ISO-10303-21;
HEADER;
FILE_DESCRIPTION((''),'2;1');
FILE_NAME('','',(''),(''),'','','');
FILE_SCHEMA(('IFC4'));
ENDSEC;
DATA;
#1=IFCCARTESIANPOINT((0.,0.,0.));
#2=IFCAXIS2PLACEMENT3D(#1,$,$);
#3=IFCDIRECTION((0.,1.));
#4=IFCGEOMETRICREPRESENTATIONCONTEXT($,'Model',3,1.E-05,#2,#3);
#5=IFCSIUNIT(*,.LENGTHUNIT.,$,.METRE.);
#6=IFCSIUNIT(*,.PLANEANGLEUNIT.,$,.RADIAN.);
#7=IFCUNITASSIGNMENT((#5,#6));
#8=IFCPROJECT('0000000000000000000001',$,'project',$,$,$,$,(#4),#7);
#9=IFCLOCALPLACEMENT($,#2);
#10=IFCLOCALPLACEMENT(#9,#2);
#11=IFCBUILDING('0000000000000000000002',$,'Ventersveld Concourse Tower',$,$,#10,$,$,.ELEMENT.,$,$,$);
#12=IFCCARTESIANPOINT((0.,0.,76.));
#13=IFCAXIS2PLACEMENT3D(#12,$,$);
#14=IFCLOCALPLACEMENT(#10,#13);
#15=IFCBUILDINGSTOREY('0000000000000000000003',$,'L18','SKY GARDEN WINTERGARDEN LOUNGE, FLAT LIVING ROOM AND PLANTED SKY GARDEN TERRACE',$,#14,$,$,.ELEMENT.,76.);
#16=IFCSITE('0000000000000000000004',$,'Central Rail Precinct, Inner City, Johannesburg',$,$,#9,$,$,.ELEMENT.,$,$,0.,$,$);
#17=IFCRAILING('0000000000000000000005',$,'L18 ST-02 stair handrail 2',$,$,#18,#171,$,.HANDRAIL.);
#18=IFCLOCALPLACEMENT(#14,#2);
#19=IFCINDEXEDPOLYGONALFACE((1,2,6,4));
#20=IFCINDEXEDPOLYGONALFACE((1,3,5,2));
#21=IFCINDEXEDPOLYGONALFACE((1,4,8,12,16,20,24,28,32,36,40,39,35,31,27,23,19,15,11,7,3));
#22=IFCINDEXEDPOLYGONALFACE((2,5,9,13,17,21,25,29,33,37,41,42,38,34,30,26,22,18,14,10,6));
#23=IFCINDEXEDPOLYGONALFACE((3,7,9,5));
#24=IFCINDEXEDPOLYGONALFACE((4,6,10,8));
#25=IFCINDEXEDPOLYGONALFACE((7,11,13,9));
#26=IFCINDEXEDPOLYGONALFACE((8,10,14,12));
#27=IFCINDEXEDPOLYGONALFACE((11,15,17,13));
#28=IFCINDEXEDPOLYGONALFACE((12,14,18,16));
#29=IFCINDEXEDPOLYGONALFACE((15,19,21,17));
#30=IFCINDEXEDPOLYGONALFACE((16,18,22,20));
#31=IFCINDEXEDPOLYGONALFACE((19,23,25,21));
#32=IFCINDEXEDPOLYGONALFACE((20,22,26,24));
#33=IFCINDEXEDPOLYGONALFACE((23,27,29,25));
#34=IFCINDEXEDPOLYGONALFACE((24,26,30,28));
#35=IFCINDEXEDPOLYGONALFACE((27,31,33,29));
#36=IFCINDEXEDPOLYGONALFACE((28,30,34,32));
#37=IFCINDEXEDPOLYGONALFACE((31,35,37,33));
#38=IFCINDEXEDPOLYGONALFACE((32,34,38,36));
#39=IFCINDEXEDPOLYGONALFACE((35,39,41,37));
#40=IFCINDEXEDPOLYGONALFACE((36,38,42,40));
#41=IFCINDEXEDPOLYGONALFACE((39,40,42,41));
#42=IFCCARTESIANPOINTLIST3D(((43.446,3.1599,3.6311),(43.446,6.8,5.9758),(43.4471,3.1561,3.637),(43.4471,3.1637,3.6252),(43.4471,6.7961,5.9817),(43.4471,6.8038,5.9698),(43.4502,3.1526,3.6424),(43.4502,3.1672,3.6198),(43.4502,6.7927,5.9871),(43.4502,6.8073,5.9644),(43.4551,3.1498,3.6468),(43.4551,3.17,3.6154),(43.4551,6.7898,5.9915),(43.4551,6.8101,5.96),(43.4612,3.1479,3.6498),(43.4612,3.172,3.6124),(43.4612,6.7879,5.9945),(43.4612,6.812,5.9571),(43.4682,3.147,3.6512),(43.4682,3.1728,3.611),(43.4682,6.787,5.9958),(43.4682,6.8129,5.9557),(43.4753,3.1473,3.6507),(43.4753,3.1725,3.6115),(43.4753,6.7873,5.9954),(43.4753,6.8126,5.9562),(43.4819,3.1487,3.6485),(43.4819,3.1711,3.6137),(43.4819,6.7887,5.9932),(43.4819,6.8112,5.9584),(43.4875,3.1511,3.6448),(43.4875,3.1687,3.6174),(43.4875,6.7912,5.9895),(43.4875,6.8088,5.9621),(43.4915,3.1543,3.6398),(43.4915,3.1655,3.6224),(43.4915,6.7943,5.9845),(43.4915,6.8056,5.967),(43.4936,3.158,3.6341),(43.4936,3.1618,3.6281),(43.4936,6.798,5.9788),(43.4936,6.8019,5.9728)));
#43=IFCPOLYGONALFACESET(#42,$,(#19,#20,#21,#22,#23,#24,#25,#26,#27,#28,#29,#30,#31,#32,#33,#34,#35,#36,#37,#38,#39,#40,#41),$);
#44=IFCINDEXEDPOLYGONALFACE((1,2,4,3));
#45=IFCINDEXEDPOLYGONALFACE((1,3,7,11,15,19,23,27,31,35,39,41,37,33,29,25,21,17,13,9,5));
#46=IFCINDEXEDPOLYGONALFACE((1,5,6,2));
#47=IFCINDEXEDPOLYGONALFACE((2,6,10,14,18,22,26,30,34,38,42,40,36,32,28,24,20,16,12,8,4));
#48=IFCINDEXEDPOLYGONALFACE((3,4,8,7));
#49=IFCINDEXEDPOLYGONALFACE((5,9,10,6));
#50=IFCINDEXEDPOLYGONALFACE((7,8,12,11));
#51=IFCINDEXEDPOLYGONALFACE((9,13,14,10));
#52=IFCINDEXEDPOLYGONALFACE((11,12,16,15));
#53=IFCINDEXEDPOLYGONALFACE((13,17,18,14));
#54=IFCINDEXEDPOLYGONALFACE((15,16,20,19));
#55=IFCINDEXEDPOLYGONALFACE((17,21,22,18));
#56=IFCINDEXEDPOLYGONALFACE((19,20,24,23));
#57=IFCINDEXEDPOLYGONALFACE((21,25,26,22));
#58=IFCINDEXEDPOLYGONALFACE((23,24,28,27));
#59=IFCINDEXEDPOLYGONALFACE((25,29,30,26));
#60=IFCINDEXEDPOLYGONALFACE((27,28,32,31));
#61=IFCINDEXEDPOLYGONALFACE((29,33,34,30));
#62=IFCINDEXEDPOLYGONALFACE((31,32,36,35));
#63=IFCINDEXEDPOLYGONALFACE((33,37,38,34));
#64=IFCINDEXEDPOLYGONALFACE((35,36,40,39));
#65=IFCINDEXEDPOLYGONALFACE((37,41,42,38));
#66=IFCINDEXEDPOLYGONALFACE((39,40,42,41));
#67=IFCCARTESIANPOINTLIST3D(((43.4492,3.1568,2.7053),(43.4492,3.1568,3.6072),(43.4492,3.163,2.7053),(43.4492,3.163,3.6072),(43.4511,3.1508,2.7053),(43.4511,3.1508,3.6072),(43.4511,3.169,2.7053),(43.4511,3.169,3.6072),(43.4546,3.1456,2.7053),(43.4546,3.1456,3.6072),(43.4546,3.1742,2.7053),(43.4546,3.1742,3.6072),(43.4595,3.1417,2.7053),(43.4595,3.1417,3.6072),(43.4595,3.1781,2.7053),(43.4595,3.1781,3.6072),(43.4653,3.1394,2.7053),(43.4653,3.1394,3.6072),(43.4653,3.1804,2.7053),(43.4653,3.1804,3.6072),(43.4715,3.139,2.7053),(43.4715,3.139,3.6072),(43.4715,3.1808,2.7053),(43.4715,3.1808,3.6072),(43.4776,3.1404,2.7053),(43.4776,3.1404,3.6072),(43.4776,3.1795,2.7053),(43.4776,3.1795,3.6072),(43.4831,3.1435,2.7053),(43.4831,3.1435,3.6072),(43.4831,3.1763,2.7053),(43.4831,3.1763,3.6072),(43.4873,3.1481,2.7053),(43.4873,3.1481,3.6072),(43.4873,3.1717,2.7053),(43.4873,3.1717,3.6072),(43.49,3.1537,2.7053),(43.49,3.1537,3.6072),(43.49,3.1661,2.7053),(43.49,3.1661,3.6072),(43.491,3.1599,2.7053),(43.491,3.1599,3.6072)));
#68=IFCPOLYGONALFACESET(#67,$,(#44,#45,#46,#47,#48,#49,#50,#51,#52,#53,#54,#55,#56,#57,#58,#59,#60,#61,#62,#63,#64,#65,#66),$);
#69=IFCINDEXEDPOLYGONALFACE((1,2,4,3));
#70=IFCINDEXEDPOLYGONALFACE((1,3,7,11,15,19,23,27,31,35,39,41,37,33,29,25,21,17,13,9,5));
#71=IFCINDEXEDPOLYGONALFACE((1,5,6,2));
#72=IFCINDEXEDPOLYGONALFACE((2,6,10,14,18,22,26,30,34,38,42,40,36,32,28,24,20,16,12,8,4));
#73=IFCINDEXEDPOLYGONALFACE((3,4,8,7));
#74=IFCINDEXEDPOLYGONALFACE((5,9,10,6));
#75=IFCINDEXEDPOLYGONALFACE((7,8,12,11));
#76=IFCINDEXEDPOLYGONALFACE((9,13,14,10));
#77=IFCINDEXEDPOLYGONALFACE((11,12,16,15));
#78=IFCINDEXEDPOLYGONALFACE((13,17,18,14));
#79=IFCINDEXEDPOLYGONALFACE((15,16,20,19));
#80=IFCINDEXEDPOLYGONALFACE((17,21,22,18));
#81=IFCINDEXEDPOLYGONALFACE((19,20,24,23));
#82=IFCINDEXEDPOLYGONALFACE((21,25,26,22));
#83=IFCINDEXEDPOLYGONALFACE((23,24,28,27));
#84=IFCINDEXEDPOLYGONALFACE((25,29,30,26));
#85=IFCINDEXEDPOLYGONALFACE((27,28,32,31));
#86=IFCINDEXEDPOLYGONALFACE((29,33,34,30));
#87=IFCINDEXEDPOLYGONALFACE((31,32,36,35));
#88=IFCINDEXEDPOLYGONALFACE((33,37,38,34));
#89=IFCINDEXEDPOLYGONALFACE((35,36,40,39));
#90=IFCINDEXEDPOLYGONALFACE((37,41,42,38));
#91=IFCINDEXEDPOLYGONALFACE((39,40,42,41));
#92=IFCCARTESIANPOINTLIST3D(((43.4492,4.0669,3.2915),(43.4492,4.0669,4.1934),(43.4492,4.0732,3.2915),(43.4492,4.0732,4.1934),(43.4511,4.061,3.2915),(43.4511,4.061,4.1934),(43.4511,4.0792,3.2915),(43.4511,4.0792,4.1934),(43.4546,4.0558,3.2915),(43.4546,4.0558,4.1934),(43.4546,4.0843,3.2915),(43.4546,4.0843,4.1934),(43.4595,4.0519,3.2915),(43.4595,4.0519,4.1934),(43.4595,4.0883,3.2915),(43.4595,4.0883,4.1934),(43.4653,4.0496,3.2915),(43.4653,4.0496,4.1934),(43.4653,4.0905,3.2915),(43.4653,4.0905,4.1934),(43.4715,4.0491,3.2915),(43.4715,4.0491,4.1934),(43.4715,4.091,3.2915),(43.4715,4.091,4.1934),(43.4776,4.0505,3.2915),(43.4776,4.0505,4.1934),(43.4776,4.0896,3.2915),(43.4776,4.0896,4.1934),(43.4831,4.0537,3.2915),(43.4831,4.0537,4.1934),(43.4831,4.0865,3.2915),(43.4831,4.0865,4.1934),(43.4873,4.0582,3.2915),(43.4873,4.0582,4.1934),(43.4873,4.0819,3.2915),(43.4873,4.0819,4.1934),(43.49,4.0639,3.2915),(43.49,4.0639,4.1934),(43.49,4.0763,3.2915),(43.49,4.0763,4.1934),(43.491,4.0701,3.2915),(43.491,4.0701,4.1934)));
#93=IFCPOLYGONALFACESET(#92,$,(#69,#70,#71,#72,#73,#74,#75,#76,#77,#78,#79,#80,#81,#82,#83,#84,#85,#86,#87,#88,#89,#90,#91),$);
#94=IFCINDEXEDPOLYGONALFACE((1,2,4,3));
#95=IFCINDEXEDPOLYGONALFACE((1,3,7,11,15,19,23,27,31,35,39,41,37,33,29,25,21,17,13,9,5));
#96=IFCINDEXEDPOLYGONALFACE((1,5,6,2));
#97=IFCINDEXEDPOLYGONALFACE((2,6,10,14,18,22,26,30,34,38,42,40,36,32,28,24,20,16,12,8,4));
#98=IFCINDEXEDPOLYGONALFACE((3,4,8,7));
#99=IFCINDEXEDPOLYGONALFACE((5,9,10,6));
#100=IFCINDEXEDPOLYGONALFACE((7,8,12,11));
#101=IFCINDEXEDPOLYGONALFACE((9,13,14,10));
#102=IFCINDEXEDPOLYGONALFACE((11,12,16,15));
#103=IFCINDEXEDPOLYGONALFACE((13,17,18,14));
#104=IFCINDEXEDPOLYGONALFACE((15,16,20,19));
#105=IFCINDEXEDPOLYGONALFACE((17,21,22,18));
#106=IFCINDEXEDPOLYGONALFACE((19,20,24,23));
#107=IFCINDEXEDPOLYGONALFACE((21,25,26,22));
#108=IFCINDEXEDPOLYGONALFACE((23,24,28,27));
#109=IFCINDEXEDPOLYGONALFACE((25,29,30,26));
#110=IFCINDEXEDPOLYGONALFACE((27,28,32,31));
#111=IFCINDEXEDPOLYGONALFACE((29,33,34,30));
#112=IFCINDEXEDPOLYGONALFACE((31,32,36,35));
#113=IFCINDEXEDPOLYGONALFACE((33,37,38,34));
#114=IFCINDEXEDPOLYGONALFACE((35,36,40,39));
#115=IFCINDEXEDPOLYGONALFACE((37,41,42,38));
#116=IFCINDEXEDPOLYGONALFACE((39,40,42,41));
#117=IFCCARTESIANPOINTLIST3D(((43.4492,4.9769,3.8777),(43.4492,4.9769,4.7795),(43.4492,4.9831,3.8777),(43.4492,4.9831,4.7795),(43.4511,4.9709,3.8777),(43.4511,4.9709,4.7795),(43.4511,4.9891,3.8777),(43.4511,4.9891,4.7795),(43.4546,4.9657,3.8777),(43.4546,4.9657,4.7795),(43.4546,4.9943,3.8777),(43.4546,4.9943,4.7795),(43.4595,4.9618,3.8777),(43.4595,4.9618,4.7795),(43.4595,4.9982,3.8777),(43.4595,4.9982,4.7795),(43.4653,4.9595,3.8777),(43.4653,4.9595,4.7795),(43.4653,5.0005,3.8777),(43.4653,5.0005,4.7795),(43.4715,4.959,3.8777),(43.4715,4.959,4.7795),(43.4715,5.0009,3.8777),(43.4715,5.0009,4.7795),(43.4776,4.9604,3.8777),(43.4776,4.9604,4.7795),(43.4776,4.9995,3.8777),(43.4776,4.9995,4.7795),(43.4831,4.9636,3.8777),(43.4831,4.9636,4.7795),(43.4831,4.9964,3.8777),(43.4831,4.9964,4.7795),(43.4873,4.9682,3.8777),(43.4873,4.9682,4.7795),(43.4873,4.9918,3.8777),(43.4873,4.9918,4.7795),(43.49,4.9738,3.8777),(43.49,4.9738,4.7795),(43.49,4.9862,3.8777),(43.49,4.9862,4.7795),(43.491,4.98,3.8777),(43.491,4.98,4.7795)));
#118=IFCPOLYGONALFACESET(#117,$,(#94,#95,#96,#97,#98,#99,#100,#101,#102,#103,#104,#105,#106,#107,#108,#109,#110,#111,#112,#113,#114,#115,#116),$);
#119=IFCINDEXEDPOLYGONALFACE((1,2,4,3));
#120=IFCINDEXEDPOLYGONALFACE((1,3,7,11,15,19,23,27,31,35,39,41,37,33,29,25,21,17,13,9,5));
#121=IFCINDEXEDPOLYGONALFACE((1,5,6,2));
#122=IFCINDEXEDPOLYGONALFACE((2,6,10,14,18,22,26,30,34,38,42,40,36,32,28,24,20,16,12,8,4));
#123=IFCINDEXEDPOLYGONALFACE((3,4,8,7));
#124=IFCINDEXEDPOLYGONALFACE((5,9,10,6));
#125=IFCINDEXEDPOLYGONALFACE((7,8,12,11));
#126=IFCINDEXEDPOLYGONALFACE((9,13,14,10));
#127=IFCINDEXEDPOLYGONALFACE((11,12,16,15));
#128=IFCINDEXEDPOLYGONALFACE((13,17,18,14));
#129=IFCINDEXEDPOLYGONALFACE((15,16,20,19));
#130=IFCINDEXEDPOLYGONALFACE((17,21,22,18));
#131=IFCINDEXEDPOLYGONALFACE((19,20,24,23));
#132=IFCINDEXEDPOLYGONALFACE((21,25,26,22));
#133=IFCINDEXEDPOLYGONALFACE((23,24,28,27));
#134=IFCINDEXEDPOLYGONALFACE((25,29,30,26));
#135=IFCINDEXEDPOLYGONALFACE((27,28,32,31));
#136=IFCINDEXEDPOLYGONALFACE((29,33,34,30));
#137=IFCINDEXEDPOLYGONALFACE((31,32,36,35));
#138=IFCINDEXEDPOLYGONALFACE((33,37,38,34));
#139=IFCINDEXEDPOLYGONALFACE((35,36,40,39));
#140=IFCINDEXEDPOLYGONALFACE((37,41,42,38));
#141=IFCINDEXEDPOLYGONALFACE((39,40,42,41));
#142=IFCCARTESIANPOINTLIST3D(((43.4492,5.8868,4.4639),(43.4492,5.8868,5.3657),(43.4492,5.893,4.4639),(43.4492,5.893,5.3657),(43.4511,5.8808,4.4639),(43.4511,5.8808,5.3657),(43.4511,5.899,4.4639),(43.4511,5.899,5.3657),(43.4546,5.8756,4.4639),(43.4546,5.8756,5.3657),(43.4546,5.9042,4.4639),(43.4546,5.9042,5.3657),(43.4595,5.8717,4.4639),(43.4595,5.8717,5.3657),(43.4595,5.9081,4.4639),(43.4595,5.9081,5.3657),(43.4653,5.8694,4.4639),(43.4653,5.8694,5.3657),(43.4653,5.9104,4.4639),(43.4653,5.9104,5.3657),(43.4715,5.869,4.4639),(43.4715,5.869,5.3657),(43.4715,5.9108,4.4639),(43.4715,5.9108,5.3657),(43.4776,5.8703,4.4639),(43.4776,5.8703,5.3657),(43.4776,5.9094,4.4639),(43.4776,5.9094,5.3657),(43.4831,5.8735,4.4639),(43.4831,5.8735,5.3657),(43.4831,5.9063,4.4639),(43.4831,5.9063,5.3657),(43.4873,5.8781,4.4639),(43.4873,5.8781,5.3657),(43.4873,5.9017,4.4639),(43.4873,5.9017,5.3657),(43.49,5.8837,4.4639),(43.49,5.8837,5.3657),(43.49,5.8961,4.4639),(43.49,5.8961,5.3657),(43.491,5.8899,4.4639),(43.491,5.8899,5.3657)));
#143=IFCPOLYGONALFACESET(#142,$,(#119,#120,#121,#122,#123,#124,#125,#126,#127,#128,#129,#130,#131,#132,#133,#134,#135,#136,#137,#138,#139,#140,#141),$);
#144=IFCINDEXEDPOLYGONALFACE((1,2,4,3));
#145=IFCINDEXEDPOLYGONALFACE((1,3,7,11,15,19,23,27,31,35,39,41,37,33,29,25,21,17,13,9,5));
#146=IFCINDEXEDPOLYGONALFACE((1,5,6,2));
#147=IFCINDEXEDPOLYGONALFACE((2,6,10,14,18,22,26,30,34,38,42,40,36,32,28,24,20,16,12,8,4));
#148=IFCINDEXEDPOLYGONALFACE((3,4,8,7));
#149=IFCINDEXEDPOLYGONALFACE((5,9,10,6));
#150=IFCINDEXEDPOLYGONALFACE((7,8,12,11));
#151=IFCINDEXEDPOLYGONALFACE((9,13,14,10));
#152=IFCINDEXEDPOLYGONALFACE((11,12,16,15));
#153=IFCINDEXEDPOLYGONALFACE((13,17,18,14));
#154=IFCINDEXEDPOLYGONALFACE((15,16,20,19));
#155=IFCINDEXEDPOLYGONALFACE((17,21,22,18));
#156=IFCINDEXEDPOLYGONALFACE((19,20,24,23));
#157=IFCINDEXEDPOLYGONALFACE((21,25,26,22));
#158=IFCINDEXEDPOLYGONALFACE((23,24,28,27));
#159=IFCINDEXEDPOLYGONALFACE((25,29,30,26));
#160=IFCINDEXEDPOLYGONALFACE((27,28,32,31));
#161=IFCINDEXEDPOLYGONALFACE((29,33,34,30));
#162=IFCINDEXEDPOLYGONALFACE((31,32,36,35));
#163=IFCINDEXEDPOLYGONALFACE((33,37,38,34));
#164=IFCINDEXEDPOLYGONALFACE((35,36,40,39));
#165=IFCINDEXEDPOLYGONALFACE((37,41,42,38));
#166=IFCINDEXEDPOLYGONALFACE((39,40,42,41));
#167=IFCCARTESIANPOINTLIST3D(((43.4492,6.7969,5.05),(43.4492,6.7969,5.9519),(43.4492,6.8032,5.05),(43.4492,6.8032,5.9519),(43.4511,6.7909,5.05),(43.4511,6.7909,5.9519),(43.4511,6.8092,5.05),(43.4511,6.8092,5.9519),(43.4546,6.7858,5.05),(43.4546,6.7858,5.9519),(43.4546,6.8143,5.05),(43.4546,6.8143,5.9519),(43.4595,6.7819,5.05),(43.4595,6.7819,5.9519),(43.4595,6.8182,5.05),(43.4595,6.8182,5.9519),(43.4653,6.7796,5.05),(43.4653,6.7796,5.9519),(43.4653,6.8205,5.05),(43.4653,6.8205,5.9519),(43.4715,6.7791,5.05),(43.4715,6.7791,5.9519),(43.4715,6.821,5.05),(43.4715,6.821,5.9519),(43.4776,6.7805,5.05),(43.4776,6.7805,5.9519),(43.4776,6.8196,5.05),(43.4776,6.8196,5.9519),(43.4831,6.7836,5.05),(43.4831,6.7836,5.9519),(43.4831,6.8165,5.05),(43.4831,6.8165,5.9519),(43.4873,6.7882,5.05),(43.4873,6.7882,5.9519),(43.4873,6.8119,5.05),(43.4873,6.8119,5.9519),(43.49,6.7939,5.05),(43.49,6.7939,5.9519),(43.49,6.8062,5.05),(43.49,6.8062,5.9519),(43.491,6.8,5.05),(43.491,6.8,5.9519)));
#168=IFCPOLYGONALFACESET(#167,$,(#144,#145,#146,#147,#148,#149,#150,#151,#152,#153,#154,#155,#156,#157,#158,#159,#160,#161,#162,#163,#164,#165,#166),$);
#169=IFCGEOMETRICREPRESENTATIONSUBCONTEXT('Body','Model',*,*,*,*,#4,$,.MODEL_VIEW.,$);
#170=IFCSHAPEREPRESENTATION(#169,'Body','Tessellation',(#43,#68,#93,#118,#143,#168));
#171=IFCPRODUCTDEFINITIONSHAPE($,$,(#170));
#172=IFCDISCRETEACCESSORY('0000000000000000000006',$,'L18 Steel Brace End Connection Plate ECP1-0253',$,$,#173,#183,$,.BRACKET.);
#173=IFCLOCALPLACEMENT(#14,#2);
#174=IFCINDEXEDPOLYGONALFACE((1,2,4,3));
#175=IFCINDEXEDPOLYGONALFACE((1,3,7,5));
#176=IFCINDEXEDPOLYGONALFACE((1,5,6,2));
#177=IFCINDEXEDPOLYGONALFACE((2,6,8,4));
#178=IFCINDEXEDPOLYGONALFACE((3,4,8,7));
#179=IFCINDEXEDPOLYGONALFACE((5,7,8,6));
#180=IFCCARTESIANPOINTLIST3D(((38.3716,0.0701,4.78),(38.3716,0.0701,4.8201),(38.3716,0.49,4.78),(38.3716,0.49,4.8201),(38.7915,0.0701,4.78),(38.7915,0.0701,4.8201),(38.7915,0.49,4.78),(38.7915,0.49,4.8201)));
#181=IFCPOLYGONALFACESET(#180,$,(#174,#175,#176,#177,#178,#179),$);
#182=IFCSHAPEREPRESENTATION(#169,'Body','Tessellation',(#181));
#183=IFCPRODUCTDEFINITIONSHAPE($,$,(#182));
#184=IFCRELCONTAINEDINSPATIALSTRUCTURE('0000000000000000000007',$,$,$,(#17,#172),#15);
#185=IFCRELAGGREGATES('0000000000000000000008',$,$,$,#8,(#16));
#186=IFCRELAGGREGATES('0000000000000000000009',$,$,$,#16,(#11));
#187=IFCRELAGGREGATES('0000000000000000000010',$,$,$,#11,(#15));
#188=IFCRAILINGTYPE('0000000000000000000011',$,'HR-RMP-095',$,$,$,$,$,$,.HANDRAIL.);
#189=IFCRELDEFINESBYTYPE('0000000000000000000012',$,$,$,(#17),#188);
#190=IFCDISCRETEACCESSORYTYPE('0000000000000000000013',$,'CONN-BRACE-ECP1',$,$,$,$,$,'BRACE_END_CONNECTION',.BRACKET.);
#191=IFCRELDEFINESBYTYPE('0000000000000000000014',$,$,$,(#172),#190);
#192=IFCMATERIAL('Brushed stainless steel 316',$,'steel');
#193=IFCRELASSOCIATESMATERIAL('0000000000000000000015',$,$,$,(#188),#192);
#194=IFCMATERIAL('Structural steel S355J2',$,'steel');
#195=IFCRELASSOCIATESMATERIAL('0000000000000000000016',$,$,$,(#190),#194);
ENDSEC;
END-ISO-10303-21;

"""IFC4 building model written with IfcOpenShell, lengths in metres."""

from ifc_helpers import new_model, si_unit, direction, frame, origin, origin_2d, place, context, subcontext, project, spatial, rectangle, circle, extrude, material, type_object, element, save


model = new_model("IFC4")

# Units and contexts
model_context = context("Model", 3, precision=1e-05, world=origin(), true_north=direction((0.0, 1.0)))
body_context = subcontext(model_context, "Body", "Model", "MODEL_VIEW")
ifc_project = project(units=[si_unit("LENGTHUNIT", "METRE"), si_unit("PLANEANGLEUNIT", "RADIAN")], contexts=[model_context])

# Site, building, storey
site_placement = place(None, origin())
site = spatial("IfcSite", under=ifc_project, at=site_placement, Name="Central Rail Precinct, Inner City, Johannesburg", CompositionType="ELEMENT", RefElevation=0.0)
building_placement = place(site_placement, origin())
building = spatial("IfcBuilding", under=site, at=building_placement, Name="Ventersveld Concourse Tower", CompositionType="ELEMENT")
storey_placement = place(building_placement, frame((0.0, 0.0, 76.0)))
storey = spatial("IfcBuildingStorey", under=building, at=storey_placement, Name="L18", Description="SKY GARDEN WINTERGARDEN LOUNGE, FLAT LIVING ROOM AND PLANTED SKY GARDEN TERRACE", CompositionType="ELEMENT", Elevation=76.0)

# Shared definitions
ifc_material_1 = material(Name="Structural steel S355J2", Category="steel")

# Railing
ifc_material_2 = material(Name="Brushed stainless steel 316", Category="steel")
railing_type_1 = type_object("IfcRailingType", Name="HR-RMP-095", PredefinedType="HANDRAIL", material=ifc_material_2)
railing_1_placement = place(storey_placement, frame((43.47, 3.1599, 2.7053)))
element("IfcRailing", 1, at=railing_1_placement, inside=storey, type_object=railing_type_1, Name="L18 ST-02 stair handrail 2", PredefinedType="HANDRAIL", context=body_context, shape_type="SweptSolid", body=[
    extrude(circle(Radius=0.0239, at=origin_2d()), frame((0.0, 0.0, 0.9258), z_axis=(0.0, 0.840691, 0.541515), x_axis=(-1.0, 0.0, 0.0)), (0.0, 0.0, 1.0), 4.3298),
    extrude(circle(Radius=0.021, at=origin_2d()), origin(), (0.0, 0.0, 1.0), 0.9019),
    extrude(circle(Radius=0.021, at=origin_2d()), frame((0.0, 0.9102, 0.5862)), (0.0, 0.0, 1.0), 0.9019),
    extrude(circle(Radius=0.021, at=origin_2d()), frame((0.0, 1.8201, 1.1724)), (0.0, 0.0, 1.0), 0.9019),
    extrude(circle(Radius=0.021, at=origin_2d()), frame((0.0, 2.73, 1.7585)), (0.0, 0.0, 1.0), 0.9019),
    extrude(circle(Radius=0.021, at=origin_2d()), frame((0.0, 3.6401, 2.3447)), (0.0, 0.0, 1.0), 0.9019),
])

# Discrete accessory
discrete_accessory_type = type_object("IfcDiscreteAccessoryType", Name="CONN-BRACE-ECP1", ElementType="BRACE_END_CONNECTION", PredefinedType="BRACKET", material=ifc_material_1)
discrete_accessory_placement = place(storey_placement, frame((38.5815, 0.28, 4.78), z_axis=(0.0, 0.0, 1.0), x_axis=(1.0, 0.0, 0.0)))
element("IfcDiscreteAccessory", 2, at=discrete_accessory_placement, inside=storey, type_object=discrete_accessory_type, Name="L18 Steel Brace End Connection Plate ECP1-0253", PredefinedType="BRACKET", context=body_context, shape_type="SweptSolid", body=[
    extrude(rectangle(XDim=0.4199, YDim=0.4199, at=origin_2d()), origin(), (0.0, 0.0, 1.0), 0.04),
])

save(model, "model.ifc")
